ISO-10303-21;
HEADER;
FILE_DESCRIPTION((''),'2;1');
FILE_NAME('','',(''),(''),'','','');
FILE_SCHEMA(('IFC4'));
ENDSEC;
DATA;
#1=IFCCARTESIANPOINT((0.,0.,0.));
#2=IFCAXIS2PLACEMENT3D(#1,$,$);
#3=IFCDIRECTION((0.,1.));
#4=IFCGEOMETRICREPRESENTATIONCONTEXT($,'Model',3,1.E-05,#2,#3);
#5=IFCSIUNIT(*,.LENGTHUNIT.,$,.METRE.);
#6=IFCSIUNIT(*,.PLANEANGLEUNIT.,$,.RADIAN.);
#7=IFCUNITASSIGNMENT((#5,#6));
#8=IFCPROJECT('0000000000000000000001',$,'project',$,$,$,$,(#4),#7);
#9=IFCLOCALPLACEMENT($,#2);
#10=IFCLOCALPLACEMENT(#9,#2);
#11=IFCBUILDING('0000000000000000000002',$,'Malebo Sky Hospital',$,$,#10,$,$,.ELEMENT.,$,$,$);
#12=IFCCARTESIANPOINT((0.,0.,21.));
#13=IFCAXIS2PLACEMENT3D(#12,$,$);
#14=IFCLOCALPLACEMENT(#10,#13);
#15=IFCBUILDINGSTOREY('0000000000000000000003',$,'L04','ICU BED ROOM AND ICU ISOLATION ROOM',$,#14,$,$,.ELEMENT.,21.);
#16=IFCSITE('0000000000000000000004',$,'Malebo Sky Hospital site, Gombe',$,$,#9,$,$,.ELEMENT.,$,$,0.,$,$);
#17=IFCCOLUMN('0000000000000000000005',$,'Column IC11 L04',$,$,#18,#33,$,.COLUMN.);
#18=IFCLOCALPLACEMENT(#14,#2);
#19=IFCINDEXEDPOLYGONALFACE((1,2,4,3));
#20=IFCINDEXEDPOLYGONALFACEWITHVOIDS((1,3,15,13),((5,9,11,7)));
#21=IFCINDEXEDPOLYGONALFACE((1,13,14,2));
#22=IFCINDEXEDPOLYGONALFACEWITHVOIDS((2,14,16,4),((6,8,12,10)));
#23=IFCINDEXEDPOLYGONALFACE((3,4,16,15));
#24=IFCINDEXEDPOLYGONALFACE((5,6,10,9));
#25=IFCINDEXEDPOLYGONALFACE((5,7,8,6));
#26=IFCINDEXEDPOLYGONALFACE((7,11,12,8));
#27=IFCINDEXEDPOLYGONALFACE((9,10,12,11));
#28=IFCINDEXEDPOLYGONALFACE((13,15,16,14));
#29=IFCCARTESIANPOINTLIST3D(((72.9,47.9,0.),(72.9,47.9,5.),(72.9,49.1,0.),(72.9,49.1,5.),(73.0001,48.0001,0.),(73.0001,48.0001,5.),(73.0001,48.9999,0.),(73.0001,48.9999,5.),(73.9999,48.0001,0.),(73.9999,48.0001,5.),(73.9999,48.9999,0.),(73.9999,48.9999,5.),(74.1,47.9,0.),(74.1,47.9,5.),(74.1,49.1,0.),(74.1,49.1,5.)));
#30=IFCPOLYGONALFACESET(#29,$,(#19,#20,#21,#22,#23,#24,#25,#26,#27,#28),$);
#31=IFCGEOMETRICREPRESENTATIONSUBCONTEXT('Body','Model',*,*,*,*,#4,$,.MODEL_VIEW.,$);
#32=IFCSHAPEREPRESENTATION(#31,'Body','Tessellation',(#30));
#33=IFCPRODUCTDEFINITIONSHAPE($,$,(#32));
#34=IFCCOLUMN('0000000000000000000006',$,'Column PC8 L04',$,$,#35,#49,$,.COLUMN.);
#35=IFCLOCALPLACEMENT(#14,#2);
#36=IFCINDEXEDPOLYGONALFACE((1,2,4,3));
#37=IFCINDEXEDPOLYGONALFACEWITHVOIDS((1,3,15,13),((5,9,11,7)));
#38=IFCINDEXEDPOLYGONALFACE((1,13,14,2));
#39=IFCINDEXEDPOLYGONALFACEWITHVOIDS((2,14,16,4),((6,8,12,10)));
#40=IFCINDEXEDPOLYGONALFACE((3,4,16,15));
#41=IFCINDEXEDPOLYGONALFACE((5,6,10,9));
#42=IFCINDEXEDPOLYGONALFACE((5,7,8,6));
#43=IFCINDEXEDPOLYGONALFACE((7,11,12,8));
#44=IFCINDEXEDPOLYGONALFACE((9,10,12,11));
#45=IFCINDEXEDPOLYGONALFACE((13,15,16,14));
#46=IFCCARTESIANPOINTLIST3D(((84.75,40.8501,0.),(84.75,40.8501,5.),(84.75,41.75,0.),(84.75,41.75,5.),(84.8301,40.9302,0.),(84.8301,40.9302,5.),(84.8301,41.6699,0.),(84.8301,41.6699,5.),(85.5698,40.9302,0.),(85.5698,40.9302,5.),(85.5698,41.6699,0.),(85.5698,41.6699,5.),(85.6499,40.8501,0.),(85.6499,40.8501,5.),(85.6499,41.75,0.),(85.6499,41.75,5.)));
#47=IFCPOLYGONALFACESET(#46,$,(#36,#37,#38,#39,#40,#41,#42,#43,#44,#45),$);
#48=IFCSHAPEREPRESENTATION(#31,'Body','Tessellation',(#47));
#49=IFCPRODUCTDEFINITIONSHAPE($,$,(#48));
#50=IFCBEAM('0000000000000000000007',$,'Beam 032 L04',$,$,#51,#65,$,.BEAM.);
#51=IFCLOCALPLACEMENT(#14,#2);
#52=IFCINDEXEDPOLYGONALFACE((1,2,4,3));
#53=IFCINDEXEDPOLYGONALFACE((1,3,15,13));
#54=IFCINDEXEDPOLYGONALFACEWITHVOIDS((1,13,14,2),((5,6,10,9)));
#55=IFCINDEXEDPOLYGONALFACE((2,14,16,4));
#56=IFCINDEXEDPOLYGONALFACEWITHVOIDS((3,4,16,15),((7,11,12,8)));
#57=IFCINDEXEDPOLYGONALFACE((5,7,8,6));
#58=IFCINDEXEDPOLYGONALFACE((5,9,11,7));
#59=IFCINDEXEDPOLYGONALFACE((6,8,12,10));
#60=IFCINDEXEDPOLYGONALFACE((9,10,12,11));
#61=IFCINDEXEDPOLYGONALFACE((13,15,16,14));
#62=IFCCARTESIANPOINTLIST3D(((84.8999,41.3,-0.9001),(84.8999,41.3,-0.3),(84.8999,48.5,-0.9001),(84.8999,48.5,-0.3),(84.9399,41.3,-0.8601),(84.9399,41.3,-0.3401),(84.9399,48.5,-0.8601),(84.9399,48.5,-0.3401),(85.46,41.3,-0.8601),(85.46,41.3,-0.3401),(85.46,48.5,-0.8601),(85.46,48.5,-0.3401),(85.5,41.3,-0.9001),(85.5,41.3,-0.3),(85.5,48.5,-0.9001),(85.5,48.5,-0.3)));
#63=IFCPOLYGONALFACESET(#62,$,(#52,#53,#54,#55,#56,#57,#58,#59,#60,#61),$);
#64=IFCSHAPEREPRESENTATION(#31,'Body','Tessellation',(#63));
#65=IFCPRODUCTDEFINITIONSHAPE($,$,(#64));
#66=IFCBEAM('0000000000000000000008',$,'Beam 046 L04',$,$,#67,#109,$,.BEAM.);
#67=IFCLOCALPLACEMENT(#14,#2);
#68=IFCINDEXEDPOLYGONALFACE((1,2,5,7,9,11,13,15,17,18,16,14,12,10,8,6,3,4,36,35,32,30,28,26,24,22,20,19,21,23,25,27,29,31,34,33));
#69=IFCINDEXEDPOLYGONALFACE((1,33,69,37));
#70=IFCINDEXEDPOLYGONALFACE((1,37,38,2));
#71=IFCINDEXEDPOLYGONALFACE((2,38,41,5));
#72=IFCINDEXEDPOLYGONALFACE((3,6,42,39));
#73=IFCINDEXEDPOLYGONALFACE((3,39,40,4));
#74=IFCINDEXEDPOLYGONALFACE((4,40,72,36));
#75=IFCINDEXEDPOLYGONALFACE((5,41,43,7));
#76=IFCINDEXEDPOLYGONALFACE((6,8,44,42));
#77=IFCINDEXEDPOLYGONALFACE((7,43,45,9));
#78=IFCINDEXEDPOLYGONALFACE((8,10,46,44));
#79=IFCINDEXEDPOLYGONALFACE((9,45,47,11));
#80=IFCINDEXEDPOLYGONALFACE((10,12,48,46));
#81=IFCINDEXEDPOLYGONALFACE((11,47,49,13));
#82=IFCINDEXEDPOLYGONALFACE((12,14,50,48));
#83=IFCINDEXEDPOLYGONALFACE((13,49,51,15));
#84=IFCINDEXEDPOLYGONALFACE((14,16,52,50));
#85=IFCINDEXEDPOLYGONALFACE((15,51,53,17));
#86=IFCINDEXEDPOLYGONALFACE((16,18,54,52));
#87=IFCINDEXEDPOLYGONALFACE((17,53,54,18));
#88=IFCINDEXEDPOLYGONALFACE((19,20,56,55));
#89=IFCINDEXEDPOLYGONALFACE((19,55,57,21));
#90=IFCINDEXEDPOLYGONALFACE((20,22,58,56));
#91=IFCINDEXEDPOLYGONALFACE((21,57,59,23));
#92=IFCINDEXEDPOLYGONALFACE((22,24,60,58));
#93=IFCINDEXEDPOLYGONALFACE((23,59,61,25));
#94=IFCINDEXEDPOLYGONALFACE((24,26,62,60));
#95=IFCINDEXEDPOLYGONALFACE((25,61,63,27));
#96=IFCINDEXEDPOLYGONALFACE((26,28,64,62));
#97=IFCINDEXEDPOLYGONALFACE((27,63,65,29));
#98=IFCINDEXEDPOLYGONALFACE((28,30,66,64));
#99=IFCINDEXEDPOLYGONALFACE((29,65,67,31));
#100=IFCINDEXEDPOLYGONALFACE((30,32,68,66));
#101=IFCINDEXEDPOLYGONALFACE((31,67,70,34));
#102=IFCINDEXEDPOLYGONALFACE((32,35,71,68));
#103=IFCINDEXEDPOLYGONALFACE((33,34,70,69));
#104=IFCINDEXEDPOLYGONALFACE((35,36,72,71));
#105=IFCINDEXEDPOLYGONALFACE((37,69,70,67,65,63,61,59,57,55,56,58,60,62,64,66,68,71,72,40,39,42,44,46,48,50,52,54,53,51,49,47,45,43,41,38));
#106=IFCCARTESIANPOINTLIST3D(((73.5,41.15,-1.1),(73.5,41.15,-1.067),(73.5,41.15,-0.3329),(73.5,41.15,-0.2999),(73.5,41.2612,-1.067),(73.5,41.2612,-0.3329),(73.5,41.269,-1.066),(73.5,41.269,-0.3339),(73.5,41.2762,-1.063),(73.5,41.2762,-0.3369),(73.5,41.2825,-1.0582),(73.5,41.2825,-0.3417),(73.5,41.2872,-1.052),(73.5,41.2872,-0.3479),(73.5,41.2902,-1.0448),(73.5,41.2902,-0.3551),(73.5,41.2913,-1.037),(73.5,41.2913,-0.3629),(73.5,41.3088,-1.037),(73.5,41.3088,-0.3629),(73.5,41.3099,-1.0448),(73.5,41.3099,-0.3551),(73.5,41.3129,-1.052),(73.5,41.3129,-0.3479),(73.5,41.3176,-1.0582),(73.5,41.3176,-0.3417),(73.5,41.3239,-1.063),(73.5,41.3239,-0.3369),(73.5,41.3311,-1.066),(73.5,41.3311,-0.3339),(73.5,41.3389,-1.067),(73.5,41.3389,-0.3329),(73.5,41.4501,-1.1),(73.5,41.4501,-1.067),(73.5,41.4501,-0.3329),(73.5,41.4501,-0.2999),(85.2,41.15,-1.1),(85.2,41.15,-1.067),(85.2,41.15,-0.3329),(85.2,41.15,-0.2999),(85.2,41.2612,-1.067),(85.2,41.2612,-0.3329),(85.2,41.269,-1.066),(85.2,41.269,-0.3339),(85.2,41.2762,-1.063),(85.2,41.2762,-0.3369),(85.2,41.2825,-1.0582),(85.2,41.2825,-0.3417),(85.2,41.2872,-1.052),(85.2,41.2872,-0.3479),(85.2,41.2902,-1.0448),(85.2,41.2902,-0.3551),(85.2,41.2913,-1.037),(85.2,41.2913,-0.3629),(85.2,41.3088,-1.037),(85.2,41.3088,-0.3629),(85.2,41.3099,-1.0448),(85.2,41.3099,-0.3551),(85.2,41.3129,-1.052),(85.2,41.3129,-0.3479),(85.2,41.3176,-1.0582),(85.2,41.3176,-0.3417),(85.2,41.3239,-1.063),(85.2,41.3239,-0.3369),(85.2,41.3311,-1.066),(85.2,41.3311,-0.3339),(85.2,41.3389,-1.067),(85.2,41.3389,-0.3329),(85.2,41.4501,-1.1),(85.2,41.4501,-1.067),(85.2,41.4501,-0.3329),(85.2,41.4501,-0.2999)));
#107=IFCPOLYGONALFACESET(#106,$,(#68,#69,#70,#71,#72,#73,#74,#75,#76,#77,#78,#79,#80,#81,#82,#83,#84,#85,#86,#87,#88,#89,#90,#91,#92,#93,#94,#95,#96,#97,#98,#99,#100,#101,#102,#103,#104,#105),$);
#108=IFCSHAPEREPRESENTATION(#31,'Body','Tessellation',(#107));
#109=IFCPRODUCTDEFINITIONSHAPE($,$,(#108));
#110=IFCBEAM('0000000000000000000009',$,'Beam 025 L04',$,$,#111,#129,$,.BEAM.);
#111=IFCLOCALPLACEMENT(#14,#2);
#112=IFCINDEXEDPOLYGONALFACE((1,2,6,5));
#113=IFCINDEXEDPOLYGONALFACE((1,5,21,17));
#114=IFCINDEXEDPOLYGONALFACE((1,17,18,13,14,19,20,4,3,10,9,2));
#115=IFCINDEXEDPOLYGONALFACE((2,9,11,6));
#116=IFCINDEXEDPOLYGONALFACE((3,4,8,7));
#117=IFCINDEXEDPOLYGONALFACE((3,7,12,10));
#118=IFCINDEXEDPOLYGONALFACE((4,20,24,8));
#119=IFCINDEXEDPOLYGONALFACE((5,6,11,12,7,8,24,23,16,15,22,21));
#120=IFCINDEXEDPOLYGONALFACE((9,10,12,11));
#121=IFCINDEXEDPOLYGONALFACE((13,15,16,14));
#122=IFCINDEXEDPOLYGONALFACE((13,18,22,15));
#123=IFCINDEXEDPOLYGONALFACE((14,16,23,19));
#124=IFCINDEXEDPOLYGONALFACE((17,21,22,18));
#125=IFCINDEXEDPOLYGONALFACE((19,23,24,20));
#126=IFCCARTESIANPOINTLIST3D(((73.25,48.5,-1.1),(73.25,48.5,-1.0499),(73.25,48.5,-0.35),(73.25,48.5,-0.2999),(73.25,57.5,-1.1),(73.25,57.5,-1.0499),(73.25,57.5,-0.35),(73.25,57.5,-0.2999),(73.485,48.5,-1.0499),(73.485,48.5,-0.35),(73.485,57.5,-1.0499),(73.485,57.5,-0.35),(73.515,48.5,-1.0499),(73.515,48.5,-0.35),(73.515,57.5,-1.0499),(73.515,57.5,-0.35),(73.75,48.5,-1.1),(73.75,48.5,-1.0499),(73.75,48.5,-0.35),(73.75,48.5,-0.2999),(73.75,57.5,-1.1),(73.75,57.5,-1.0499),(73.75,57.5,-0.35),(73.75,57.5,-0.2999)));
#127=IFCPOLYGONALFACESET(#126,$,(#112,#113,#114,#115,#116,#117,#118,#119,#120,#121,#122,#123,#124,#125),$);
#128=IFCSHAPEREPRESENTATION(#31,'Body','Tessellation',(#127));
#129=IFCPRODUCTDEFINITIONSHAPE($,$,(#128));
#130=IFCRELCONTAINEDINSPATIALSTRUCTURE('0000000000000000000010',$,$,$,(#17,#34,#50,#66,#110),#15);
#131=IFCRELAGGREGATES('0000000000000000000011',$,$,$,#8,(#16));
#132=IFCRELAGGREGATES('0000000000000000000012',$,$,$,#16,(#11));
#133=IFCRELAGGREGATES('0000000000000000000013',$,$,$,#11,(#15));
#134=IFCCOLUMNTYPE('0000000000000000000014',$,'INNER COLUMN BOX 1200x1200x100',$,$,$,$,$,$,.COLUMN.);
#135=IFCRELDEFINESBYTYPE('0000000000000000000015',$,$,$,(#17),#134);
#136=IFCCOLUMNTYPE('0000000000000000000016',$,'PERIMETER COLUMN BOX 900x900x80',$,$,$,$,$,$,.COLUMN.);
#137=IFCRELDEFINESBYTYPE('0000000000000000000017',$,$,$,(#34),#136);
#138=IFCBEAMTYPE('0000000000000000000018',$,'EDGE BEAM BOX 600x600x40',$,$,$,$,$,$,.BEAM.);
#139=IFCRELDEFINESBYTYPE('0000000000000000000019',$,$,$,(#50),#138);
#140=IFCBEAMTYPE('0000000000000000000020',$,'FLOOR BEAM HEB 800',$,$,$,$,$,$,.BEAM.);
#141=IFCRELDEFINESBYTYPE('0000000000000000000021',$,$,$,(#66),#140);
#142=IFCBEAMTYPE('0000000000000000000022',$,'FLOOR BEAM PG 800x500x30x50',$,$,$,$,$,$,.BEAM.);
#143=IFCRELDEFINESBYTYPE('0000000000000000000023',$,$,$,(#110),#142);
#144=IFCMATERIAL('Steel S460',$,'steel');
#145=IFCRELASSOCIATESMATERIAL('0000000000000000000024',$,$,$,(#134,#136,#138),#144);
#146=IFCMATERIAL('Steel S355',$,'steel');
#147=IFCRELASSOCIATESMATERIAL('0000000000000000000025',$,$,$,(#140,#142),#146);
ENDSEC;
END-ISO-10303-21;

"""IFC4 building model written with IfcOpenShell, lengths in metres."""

from ifc_helpers import new_model, si_unit, direction, frame, origin, origin_2d, place, context, subcontext, project, spatial, hollow_rectangle, i_section, extrude, material, material_profile, profile_set, type_object, element, save


model = new_model("IFC4")

# Units and contexts
model_context = context("Model", 3, precision=1e-05, world=origin(), true_north=direction((0.0, 1.0)))
body_context = subcontext(model_context, "Body", "Model", "MODEL_VIEW")
ifc_project = project(units=[si_unit("LENGTHUNIT", "METRE"), si_unit("PLANEANGLEUNIT", "RADIAN")], contexts=[model_context])

# Site, building, storey
site_placement = place(None, origin())
site = spatial("IfcSite", under=ifc_project, at=site_placement, Name="Malebo Sky Hospital site, Gombe", CompositionType="ELEMENT", RefElevation=0.0)
building_placement = place(site_placement, origin())
building = spatial("IfcBuilding", under=site, at=building_placement, Name="Malebo Sky Hospital", CompositionType="ELEMENT")
storey_placement = place(building_placement, frame((0.0, 0.0, 21.0)))
storey = spatial("IfcBuildingStorey", under=building, at=storey_placement, Name="L04", Description="ICU BED ROOM AND ICU ISOLATION ROOM", CompositionType="ELEMENT", Elevation=21.0)

# Columns
ifc_material_1 = material(Name="Steel S460", Category="steel")
ifc_material_profile_1 = material_profile(ifc_material_1, hollow_rectangle(XDim=1.2, YDim=1.2, WallThickness=0.1001, at=origin_2d()), Name="BOX 1200x1200x100")
ifc_profile_set_1 = profile_set([ifc_material_profile_1], Name="Steel S460")
column_type_1 = type_object("IfcColumnType", Name="INNER COLUMN BOX 1200x1200x100", PredefinedType="COLUMN", material=ifc_profile_set_1)
column_1_placement = place(storey_placement, frame((73.5, 48.5, 0.0), z_axis=(0.0, 0.0, 1.0), x_axis=(1.0, 0.0, 0.0)))
element("IfcColumn", 1, at=column_1_placement, inside=storey, type_object=column_type_1, Name="Column IC11 L04", PredefinedType="COLUMN", context=body_context, shape_type="SweptSolid", body=[
    extrude(hollow_rectangle(XDim=1.2, YDim=1.2, WallThickness=0.1001, at=origin_2d()), origin(), (0.0, 0.0, 1.0), 5.0),
])
ifc_material_profile_2 = material_profile(ifc_material_1, hollow_rectangle(XDim=0.8999, YDim=0.8999, WallThickness=0.0801, at=origin_2d()), Name="BOX 900x900x80")
ifc_profile_set_2 = profile_set([ifc_material_profile_2], Name="Steel S460")
column_type_2 = type_object("IfcColumnType", Name="PERIMETER COLUMN BOX 900x900x80", PredefinedType="COLUMN", material=ifc_profile_set_2)
column_2_placement = place(storey_placement, frame((85.2, 41.3, 0.0), z_axis=(0.0, 0.0, 1.0), x_axis=(1.0, 0.0, 0.0)))
element("IfcColumn", 2, at=column_2_placement, inside=storey, type_object=column_type_2, Name="Column PC8 L04", PredefinedType="COLUMN", context=body_context, shape_type="SweptSolid", body=[
    extrude(hollow_rectangle(XDim=0.8999, YDim=0.8999, WallThickness=0.0801, at=origin_2d()), origin(), (0.0, 0.0, 1.0), 5.0),
])

# Beams
ifc_material_profile_3 = material_profile(ifc_material_1, hollow_rectangle(XDim=0.6001, YDim=0.6001, WallThickness=0.04, at=origin_2d()), Name="BOX 600x600x40")
ifc_profile_set_3 = profile_set([ifc_material_profile_3], Name="Steel S460")
beam_type_1 = type_object("IfcBeamType", Name="EDGE BEAM BOX 600x600x40", PredefinedType="BEAM", material=ifc_profile_set_3)
beam_1_placement = place(storey_placement, frame((85.2, 41.3, -0.6001), z_axis=(0.0, 1.0, 0.0), x_axis=(-1.0, 0.0, 0.0)))
element("IfcBeam", 3, at=beam_1_placement, inside=storey, type_object=beam_type_1, Name="Beam 032 L04", PredefinedType="BEAM", context=body_context, shape_type="SweptSolid", body=[
    extrude(hollow_rectangle(XDim=0.6001, YDim=0.6001, WallThickness=0.04, at=origin_2d()), origin(), (0.0, 0.0, 1.0), 7.2),
])
ifc_material_2 = material(Name="Steel S355", Category="steel")
ifc_material_profile_4 = material_profile(ifc_material_2, i_section(OverallWidth=0.3, OverallDepth=0.8, WebThickness=0.0176, FlangeThickness=0.033, FilletRadius=0.03, at=origin_2d()), Name="HEB 800")
ifc_profile_set_4 = profile_set([ifc_material_profile_4], Name="Steel S355")
beam_type_2 = type_object("IfcBeamType", Name="FLOOR BEAM HEB 800", PredefinedType="BEAM", material=ifc_profile_set_4)
beam_2_placement = place(storey_placement, frame((73.5, 41.3, -0.7), z_axis=(1.0, 0.0, 0.0), x_axis=(0.0, 1.0, 0.0)))
element("IfcBeam", 4, at=beam_2_placement, inside=storey, type_object=beam_type_2, Name="Beam 046 L04", PredefinedType="BEAM", context=body_context, shape_type="SweptSolid", body=[
    extrude(i_section(OverallWidth=0.3, OverallDepth=0.8, WebThickness=0.0176, FlangeThickness=0.033, FilletRadius=0.03, at=origin_2d()), origin(), (0.0, 0.0, 1.0), 11.7),
])
ifc_material_profile_5 = material_profile(ifc_material_2, i_section(OverallWidth=0.5, OverallDepth=0.8, WebThickness=0.03, FlangeThickness=0.05, at=origin_2d()), Name="PG 800x500x30x50")
ifc_profile_set_5 = profile_set([ifc_material_profile_5], Name="Steel S355")
beam_type_3 = type_object("IfcBeamType", Name="FLOOR BEAM PG 800x500x30x50", PredefinedType="BEAM", material=ifc_profile_set_5)
beam_3_placement = place(storey_placement, frame((73.5, 48.5, -0.7), z_axis=(0.0, 1.0, 0.0), x_axis=(-1.0, 0.0, 0.0)))
element("IfcBeam", 5, at=beam_3_placement, inside=storey, type_object=beam_type_3, Name="Beam 025 L04", PredefinedType="BEAM", context=body_context, shape_type="SweptSolid", body=[
    extrude(i_section(OverallWidth=0.5, OverallDepth=0.8, WebThickness=0.03, FlangeThickness=0.05, at=origin_2d()), origin(), (0.0, 0.0, 1.0), 9.0),
])

save(model, "model.ifc")
